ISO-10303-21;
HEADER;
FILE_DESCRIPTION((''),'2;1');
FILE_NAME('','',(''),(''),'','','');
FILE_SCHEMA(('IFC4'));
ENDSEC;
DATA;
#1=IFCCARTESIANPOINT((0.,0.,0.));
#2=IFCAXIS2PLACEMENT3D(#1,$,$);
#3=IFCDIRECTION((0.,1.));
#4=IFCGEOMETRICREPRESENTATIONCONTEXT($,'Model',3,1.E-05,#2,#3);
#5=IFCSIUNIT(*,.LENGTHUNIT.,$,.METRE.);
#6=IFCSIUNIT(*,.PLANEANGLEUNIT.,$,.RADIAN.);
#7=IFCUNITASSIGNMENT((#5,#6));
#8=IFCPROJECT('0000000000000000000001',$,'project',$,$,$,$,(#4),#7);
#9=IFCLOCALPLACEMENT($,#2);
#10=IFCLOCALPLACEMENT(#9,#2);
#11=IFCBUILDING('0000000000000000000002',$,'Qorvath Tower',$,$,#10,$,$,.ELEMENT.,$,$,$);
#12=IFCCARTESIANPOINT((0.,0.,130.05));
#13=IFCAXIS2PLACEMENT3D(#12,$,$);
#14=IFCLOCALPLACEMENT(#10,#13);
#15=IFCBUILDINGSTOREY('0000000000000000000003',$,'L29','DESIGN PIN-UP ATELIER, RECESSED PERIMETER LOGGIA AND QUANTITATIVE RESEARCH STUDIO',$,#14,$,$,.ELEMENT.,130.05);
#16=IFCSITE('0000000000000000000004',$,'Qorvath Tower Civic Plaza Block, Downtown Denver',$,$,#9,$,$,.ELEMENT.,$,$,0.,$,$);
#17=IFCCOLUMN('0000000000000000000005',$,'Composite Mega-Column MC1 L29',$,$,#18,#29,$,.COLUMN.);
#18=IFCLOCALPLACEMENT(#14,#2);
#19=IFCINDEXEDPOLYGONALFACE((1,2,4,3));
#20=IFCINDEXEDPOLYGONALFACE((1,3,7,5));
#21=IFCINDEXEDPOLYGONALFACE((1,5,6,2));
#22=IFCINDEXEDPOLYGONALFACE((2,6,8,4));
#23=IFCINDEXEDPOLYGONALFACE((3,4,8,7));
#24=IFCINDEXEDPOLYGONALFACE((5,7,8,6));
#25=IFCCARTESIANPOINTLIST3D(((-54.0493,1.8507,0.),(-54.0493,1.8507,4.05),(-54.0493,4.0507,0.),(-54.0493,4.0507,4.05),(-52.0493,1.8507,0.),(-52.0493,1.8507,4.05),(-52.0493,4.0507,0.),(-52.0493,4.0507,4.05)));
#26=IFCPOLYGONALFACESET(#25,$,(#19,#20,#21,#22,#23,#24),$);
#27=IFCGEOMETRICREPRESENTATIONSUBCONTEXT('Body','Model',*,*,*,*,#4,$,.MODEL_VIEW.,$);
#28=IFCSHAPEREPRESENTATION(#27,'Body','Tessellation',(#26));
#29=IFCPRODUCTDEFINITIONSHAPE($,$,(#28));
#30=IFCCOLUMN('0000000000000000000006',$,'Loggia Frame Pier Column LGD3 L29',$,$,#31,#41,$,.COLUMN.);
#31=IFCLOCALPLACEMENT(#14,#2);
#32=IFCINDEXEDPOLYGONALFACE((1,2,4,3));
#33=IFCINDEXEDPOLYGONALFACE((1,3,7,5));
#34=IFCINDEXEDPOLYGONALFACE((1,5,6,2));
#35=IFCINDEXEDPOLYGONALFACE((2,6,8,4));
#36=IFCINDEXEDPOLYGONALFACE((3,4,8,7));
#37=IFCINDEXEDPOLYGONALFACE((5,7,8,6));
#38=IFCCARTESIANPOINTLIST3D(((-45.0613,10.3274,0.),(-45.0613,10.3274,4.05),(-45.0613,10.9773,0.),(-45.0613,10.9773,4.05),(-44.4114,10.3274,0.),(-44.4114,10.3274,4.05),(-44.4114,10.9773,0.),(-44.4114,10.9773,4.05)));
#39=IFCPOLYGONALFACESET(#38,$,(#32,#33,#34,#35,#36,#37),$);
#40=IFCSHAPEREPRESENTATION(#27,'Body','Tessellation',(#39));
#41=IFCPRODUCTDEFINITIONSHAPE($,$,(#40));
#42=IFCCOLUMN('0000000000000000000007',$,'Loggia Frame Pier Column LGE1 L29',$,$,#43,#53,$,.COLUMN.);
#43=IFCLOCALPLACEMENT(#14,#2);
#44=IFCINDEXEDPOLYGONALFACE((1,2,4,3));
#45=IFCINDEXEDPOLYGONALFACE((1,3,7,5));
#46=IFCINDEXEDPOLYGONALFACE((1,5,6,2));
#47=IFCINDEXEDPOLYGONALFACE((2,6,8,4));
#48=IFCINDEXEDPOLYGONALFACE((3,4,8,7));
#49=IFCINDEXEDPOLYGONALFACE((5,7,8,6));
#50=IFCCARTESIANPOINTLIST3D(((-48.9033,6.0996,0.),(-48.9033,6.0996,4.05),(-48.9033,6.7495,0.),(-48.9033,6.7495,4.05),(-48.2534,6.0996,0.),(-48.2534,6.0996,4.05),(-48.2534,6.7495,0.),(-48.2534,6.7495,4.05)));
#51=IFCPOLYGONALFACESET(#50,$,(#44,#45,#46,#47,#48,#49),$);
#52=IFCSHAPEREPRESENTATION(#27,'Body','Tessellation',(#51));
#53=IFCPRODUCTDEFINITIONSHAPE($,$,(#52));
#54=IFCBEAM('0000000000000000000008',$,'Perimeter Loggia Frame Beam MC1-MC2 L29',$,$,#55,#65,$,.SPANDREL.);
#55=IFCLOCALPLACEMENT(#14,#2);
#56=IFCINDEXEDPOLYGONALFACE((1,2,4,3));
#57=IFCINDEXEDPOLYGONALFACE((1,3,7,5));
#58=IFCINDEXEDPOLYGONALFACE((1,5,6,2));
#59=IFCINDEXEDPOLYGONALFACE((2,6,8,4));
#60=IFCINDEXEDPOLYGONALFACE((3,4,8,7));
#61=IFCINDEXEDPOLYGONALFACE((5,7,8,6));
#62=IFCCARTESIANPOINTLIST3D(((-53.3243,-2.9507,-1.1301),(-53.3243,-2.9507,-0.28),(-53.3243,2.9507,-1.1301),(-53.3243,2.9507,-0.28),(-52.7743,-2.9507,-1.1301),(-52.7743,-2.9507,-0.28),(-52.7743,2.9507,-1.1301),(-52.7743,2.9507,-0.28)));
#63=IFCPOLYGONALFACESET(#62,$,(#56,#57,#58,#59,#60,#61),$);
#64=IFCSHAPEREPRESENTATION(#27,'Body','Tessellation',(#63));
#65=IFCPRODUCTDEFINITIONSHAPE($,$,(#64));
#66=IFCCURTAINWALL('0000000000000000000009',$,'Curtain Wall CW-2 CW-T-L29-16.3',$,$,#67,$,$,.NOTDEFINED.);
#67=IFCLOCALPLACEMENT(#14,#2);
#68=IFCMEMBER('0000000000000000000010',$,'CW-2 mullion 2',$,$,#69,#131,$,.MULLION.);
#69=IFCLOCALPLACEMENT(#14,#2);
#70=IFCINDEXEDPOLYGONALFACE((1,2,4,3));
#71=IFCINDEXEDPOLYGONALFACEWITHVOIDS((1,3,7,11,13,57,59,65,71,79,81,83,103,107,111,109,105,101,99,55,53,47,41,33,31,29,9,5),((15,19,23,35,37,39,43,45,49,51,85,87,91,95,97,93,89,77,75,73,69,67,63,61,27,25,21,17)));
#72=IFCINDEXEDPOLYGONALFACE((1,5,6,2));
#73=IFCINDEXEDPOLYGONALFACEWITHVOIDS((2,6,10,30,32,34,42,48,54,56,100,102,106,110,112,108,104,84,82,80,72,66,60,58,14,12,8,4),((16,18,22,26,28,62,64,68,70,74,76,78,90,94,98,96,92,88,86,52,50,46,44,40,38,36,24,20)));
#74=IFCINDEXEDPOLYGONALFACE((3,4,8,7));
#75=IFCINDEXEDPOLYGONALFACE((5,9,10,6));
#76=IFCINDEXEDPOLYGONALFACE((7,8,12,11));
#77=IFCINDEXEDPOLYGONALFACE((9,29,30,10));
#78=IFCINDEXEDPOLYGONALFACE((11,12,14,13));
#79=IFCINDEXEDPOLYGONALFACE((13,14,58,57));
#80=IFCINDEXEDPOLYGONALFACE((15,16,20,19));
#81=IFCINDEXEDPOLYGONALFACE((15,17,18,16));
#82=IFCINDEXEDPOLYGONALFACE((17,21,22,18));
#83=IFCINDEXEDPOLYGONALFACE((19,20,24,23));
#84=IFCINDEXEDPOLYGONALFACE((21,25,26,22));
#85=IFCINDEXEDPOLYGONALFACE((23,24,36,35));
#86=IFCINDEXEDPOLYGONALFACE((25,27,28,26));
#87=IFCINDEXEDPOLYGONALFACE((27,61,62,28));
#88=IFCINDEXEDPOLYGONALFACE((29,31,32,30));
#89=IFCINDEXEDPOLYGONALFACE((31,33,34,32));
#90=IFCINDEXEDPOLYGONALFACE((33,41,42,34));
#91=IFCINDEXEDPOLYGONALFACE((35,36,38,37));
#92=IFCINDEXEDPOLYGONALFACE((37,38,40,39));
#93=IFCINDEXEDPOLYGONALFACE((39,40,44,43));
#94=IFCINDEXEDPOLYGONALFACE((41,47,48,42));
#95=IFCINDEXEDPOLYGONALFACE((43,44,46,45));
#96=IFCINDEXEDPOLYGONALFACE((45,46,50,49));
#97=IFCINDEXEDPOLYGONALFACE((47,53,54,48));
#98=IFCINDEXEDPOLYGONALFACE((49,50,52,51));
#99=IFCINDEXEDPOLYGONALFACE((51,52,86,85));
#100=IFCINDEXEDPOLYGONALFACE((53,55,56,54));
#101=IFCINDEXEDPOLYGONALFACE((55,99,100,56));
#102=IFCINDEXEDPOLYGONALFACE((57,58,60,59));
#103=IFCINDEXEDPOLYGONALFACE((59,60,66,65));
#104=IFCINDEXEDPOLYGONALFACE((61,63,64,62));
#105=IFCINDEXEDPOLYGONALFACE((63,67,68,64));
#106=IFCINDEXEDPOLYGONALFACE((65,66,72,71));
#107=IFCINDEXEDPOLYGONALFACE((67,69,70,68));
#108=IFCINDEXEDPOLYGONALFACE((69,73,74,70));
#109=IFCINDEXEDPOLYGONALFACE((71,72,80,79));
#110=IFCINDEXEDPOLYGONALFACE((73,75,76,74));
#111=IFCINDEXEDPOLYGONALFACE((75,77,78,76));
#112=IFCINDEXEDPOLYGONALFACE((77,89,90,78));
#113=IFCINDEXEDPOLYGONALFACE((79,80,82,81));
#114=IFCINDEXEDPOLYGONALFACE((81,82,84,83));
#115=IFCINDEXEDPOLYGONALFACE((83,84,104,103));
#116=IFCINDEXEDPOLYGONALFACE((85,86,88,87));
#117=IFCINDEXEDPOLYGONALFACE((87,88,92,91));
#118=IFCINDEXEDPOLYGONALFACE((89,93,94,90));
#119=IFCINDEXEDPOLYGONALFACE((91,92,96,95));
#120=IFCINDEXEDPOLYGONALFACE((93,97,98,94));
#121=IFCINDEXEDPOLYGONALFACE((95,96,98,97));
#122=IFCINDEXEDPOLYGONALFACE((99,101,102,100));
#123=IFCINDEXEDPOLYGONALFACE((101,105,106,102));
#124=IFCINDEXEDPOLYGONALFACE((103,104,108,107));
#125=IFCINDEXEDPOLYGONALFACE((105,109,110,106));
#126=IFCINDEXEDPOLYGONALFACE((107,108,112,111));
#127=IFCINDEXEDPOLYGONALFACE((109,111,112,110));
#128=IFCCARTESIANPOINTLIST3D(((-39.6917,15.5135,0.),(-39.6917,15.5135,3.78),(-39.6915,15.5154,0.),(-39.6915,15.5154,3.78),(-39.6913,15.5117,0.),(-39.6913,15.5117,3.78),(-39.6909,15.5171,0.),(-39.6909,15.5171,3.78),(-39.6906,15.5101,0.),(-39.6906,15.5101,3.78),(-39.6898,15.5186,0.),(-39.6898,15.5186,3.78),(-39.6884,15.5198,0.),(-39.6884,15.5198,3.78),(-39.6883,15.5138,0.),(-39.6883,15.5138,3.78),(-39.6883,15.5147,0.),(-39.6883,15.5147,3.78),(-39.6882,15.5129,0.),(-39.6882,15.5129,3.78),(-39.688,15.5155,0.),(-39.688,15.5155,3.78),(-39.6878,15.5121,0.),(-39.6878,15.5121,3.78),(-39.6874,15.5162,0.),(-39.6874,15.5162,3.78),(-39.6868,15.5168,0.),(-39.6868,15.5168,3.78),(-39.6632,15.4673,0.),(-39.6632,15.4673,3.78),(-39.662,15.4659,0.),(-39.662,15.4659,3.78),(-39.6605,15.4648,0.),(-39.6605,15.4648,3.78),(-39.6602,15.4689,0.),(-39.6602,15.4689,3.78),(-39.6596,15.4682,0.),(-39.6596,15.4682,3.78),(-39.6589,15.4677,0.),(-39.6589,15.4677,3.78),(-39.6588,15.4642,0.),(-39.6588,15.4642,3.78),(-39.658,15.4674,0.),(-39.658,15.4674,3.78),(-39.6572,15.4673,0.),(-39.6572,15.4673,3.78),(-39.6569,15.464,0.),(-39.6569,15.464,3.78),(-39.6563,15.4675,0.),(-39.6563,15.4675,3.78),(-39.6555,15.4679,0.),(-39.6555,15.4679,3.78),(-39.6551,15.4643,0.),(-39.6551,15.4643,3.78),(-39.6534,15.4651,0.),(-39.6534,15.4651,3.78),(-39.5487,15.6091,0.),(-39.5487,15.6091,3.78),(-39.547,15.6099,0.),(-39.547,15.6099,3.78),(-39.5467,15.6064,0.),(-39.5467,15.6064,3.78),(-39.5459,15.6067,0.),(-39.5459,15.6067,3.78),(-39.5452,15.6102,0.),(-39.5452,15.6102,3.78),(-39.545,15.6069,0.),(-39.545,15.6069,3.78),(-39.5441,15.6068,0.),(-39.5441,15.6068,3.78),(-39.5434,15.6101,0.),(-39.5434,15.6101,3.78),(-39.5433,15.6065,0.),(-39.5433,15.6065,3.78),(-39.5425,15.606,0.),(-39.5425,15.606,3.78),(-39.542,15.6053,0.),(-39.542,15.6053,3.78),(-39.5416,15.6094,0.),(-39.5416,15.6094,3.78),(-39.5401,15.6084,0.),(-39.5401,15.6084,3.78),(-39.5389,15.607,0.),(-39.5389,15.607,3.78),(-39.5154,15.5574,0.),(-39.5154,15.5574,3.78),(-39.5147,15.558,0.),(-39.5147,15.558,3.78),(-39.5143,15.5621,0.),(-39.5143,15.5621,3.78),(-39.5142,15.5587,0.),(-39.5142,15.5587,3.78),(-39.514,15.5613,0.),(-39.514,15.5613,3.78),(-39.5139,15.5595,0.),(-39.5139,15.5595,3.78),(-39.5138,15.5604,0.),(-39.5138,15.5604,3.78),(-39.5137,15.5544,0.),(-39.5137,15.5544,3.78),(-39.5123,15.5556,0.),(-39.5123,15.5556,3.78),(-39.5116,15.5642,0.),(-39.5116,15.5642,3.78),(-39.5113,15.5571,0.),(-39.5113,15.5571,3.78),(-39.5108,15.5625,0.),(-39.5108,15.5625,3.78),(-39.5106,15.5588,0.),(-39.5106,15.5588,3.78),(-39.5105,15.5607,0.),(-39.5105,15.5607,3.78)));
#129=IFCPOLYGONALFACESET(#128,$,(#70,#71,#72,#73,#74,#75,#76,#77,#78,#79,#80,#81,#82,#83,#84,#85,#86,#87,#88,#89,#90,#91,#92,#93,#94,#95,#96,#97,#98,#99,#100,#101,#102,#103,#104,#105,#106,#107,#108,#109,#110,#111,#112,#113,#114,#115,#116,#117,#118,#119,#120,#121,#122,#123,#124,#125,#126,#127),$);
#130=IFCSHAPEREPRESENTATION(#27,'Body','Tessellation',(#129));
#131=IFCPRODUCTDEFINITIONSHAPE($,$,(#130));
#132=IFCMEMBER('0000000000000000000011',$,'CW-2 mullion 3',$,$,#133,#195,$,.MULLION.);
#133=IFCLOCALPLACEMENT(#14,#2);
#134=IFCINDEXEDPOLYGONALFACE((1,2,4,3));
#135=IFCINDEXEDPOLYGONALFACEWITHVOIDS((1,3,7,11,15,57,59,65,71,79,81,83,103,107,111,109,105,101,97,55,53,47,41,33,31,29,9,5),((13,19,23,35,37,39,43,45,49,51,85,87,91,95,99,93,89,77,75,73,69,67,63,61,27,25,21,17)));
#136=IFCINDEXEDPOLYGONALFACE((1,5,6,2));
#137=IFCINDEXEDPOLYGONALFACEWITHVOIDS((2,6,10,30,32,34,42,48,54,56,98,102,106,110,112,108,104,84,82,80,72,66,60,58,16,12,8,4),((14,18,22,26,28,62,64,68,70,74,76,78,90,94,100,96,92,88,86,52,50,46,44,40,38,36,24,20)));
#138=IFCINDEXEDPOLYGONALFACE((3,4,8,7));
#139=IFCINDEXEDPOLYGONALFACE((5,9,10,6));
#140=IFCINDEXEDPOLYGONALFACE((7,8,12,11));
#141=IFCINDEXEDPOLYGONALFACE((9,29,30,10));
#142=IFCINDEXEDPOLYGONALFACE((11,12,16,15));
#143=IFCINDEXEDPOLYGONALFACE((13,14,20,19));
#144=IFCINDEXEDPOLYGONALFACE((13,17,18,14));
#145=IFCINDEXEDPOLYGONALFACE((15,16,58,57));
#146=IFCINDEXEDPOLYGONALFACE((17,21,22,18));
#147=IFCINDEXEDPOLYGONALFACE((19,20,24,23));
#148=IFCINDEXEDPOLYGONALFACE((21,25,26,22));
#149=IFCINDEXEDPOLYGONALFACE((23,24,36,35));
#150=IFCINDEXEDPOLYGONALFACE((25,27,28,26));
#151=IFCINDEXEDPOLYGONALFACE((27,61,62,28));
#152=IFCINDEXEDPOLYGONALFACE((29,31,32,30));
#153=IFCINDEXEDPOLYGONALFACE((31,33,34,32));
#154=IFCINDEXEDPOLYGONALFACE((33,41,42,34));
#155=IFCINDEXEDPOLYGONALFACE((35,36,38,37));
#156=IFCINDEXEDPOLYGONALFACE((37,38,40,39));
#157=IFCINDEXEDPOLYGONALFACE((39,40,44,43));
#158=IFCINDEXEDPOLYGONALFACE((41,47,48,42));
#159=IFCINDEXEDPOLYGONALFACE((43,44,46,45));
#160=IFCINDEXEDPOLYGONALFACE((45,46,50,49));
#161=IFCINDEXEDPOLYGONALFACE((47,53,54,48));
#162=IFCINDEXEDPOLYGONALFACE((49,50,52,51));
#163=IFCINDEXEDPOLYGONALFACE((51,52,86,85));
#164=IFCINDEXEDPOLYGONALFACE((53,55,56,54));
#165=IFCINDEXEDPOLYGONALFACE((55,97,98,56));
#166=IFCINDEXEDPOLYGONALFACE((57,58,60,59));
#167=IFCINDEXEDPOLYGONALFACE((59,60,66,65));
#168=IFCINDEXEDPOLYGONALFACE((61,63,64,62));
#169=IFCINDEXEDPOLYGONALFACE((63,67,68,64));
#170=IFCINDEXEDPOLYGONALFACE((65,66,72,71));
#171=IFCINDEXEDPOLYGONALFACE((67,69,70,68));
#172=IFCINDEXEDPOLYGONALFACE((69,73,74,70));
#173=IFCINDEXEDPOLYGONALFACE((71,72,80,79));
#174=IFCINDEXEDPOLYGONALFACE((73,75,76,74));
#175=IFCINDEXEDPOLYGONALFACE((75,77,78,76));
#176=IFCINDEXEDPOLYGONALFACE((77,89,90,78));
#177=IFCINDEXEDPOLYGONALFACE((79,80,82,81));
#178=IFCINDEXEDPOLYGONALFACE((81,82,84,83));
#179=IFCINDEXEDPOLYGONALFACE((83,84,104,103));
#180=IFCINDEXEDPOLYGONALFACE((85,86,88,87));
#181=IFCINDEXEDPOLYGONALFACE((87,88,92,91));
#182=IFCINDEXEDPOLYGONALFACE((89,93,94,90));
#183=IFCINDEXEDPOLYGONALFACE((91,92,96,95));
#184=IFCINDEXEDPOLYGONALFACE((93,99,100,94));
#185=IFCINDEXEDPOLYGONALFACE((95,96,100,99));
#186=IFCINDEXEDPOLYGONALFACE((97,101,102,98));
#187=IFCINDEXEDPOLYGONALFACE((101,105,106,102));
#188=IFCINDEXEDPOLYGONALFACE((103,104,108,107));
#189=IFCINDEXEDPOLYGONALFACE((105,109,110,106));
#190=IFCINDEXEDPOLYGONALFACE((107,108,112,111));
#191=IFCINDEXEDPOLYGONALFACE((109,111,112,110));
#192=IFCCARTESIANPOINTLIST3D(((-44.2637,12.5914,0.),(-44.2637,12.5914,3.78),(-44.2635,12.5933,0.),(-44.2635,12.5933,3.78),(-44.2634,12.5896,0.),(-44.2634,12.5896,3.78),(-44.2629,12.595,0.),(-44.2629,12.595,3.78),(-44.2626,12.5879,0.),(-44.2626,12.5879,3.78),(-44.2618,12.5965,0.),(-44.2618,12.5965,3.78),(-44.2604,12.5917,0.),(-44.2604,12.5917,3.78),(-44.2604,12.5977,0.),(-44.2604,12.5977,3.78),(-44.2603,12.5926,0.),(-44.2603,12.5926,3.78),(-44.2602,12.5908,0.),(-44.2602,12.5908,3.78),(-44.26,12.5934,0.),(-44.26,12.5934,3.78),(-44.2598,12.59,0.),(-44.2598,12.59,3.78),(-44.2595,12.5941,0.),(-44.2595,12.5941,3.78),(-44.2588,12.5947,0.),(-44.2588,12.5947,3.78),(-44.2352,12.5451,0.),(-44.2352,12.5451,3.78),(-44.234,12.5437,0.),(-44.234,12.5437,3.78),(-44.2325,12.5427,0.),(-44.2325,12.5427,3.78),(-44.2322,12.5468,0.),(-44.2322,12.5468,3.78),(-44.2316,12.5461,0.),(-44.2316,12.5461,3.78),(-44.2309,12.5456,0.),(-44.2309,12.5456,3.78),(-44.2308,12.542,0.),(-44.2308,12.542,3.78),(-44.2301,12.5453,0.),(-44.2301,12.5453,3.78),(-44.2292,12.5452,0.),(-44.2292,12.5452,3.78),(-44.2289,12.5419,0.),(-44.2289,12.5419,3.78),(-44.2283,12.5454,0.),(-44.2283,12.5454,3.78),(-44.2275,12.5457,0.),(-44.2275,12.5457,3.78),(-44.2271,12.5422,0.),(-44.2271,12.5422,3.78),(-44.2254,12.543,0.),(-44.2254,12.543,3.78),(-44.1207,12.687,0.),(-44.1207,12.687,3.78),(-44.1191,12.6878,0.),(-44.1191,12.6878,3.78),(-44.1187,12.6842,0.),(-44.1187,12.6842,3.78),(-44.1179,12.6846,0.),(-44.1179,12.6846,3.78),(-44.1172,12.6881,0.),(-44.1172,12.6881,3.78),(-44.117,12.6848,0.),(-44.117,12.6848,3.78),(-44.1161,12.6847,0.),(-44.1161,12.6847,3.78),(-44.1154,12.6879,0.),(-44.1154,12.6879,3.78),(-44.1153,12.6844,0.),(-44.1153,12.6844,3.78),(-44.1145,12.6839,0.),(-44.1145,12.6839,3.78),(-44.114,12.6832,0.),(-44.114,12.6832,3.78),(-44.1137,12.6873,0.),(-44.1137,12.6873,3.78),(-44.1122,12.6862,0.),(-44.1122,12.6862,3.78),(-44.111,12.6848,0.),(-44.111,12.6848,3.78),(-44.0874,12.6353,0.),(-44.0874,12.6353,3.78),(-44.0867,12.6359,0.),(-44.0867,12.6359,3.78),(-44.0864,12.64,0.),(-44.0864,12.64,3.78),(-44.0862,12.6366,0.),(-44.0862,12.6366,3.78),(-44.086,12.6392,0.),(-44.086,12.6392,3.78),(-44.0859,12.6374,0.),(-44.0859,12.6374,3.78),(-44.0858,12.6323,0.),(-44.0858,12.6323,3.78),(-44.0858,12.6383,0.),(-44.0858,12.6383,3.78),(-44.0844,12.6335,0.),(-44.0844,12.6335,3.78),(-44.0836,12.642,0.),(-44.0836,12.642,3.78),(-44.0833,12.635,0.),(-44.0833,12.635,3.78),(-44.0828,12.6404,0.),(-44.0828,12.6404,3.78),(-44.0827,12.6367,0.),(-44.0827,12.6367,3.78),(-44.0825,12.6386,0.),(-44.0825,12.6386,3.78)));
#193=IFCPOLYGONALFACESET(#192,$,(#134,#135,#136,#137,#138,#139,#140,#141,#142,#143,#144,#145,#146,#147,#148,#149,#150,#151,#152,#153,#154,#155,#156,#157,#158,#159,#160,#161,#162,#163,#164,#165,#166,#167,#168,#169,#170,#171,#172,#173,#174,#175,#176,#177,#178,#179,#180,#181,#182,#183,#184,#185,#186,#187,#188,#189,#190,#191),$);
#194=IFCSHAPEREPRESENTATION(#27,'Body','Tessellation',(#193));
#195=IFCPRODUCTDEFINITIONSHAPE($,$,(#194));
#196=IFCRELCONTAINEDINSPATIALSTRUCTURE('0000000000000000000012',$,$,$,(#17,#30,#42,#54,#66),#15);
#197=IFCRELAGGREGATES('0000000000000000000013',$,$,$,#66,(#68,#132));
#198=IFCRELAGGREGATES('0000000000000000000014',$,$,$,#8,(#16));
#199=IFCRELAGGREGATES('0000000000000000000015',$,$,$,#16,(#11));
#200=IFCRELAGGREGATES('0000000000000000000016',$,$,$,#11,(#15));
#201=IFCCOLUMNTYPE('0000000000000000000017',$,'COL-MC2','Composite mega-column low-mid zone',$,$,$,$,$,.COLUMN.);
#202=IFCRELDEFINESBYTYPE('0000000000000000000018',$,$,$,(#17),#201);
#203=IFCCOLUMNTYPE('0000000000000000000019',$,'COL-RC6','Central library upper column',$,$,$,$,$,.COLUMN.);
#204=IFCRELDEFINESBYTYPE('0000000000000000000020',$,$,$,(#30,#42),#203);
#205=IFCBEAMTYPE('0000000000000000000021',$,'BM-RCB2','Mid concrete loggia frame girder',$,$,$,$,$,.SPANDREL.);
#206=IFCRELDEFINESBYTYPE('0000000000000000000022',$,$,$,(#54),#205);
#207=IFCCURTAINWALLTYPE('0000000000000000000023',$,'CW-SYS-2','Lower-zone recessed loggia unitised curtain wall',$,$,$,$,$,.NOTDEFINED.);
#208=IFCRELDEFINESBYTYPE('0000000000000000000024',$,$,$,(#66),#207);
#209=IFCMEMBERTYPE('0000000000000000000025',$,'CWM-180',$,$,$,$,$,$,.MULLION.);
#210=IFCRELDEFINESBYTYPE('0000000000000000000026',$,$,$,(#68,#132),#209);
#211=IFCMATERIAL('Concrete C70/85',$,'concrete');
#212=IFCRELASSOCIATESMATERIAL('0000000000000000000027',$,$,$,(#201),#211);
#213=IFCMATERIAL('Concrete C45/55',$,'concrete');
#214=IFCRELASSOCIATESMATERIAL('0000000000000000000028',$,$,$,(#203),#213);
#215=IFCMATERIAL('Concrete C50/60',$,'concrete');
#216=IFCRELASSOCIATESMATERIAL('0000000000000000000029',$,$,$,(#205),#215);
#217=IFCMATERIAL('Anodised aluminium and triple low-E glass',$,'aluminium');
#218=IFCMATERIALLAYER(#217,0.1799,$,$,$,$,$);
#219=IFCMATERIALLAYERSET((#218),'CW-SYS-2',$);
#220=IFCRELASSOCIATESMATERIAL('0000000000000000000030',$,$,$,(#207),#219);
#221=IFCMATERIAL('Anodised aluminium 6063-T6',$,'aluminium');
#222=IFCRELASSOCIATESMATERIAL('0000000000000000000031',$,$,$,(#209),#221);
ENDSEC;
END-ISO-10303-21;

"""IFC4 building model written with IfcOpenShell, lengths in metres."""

from ifc_helpers import new_model, si_unit, direction, frame, origin, origin_2d, place, context, subcontext, project, spatial, rectangle, hollow_rectangle, extrude, material, layer, layer_set, material_profile, profile_set, type_object, element, aggregate, save


model = new_model("IFC4")

# Units and contexts
model_context = context("Model", 3, precision=1e-05, world=origin(), true_north=direction((0.0, 1.0)))
body_context = subcontext(model_context, "Body", "Model", "MODEL_VIEW")
ifc_project = project(units=[si_unit("LENGTHUNIT", "METRE"), si_unit("PLANEANGLEUNIT", "RADIAN")], contexts=[model_context])

# Site, building, storey
site_placement = place(None, origin())
site = spatial("IfcSite", under=ifc_project, at=site_placement, Name="Qorvath Tower Civic Plaza Block, Downtown Denver", CompositionType="ELEMENT", RefElevation=0.0)
building_placement = place(site_placement, origin())
building = spatial("IfcBuilding", under=site, at=building_placement, Name="Qorvath Tower", CompositionType="ELEMENT")
storey_placement = place(building_placement, frame((0.0, 0.0, 130.05)))
storey = spatial("IfcBuildingStorey", under=building, at=storey_placement, Name="L29", Description="DESIGN PIN-UP ATELIER, RECESSED PERIMETER LOGGIA AND QUANTITATIVE RESEARCH STUDIO", CompositionType="ELEMENT", Elevation=130.05)

# Columns
ifc_material_1 = material(Name="Concrete C70/85", Category="concrete")
ifc_material_profile_1 = material_profile(ifc_material_1, rectangle(XDim=2.0, YDim=2.2, at=origin_2d()), Name="MC 2200x2000")
ifc_profile_set_1 = profile_set([ifc_material_profile_1], Name="Concrete C70/85")
column_type_1 = type_object("IfcColumnType", Name="COL-MC2", Description="Composite mega-column low-mid zone", PredefinedType="COLUMN", material=ifc_profile_set_1)
column_placement = place(storey_placement, frame((-53.0493, 2.9507, 0.0), z_axis=(0.0, 0.0, 1.0), x_axis=(1.0, 0.0, 0.0)))
element("IfcColumn", 1, at=column_placement, inside=storey, type_object=column_type_1, Name="Composite Mega-Column MC1 L29", PredefinedType="COLUMN", context=body_context, shape_type="SweptSolid", body=[
    extrude(rectangle(XDim=2.0, YDim=2.2, at=origin_2d()), origin(), (0.0, 0.0, 1.0), 4.05),
])
ifc_material_2 = material(Name="Concrete C45/55", Category="concrete")
ifc_material_profile_2 = material_profile(ifc_material_2, rectangle(XDim=0.6499, YDim=0.6499, at=origin_2d()), Name="RC 650x650")
ifc_profile_set_2 = profile_set([ifc_material_profile_2], Name="Concrete C45/55")
column_type_2 = type_object("IfcColumnType", Name="COL-RC6", Description="Central library upper column", PredefinedType="COLUMN", material=ifc_profile_set_2)
for number, where, z_axis, x_axis, name in (
    (2, (-44.7363, 10.6523, 0.0), (0.0, 0.0, 1.0), (1.0, 0.0, 0.0), "Loggia Frame Pier Column LGD3 L29"),
    (3, (-48.5784, 6.4246, 0.0), (0.0, 0.0, 1.0), (1.0, 0.0, 0.0), "Loggia Frame Pier Column LGE1 L29"),
):
    element("IfcColumn", number, at=place(storey_placement, frame(where, z_axis=z_axis, x_axis=x_axis)), inside=storey, type_object=column_type_2, Name=name, PredefinedType="COLUMN", context=body_context, shape_type="SweptSolid", body=[
        extrude(rectangle(XDim=0.6499, YDim=0.6499, at=origin_2d()), origin(), (0.0, 0.0, 1.0), 4.05),
    ])

# Beam
ifc_material_3 = material(Name="Concrete C50/60", Category="concrete")
ifc_material_profile_3 = material_profile(ifc_material_3, rectangle(XDim=0.55, YDim=0.8501, at=origin_2d()), Name="RCB 850x550")
ifc_profile_set_3 = profile_set([ifc_material_profile_3], Name="Concrete C50/60")
beam_type = type_object("IfcBeamType", Name="BM-RCB2", Description="Mid concrete loggia frame girder", PredefinedType="SPANDREL", material=ifc_profile_set_3)
beam_placement = place(storey_placement, frame((-53.0493, 2.9507, -0.7051), z_axis=(0.0, -1.0, 0.0), x_axis=(1.0, 0.0, 0.0)))
element("IfcBeam", 4, at=beam_placement, inside=storey, type_object=beam_type, Name="Perimeter Loggia Frame Beam MC1-MC2 L29", PredefinedType="SPANDREL", context=body_context, shape_type="SweptSolid", body=[
    extrude(rectangle(XDim=0.55, YDim=0.8501, at=origin_2d()), origin(), (0.0, 0.0, 1.0), 5.9014),
])

# Curtain wall, members
ifc_material_4 = material(Name="Anodised aluminium and triple low-E glass", Category="aluminium")
ifc_layer_1 = layer(ifc_material_4, 0.1799)
ifc_layer_set_1 = layer_set([ifc_layer_1], Name="CW-SYS-2")
curtain_wall_type = type_object("IfcCurtainWallType", Name="CW-SYS-2", Description="Lower-zone recessed loggia unitised curtain wall", PredefinedType="NOTDEFINED", material=ifc_layer_set_1)
curtain_wall_placement = place(storey_placement, origin())
curtain_wall = element("IfcCurtainWall", 5, at=curtain_wall_placement, inside=storey, type_object=curtain_wall_type, Name="Curtain Wall CW-2 CW-T-L29-16.3", PredefinedType="NOTDEFINED")
ifc_material_5 = material(Name="Anodised aluminium 6063-T6", Category="aluminium")
ifc_material_profile_4 = material_profile(ifc_material_5, hollow_rectangle(XDim=0.0649, YDim=0.1799, WallThickness=0.0034, InnerFilletRadius=0.0034, OuterFilletRadius=0.0071, at=origin_2d()), Name="CWM 180x65")
ifc_profile_set_4 = profile_set([ifc_material_profile_4], Name="Anodised aluminium 6063-T6")
member_type_1 = type_object("IfcMemberType", Name="CWM-180", PredefinedType="MULLION", material=ifc_profile_set_4)
member_1_placement = place(storey_placement, frame((-39.6011, 15.5371, 0.0), z_axis=(0.0, 0.0, 1.0), x_axis=(0.538534, -0.842604, 0.0)))
member_1 = element("IfcMember", 6, at=member_1_placement, type_object=member_type_1, Name="CW-2 mullion 2", PredefinedType="MULLION", context=body_context, shape_type="SweptSolid", body=[
    extrude(hollow_rectangle(XDim=0.0649, YDim=0.1799, WallThickness=0.0034, InnerFilletRadius=0.0034, OuterFilletRadius=0.0071, at=origin_2d()), origin(), (0.0, 0.0, 1.0), 3.78),
])
member_2_placement = place(storey_placement, frame((-44.1731, 12.615, 0.0), z_axis=(0.0, 0.0, 1.0), x_axis=(0.538534, -0.842604, 0.0)))
member_2 = element("IfcMember", 7, at=member_2_placement, type_object=member_type_1, Name="CW-2 mullion 3", PredefinedType="MULLION", context=body_context, shape_type="SweptSolid", body=[
    extrude(hollow_rectangle(XDim=0.0649, YDim=0.1799, WallThickness=0.0034, InnerFilletRadius=0.0034, OuterFilletRadius=0.0071, at=origin_2d()), origin(), (0.0, 0.0, 1.0), 3.78),
])
aggregate(curtain_wall, [member_1, member_2])

save(model, "model.ifc")
